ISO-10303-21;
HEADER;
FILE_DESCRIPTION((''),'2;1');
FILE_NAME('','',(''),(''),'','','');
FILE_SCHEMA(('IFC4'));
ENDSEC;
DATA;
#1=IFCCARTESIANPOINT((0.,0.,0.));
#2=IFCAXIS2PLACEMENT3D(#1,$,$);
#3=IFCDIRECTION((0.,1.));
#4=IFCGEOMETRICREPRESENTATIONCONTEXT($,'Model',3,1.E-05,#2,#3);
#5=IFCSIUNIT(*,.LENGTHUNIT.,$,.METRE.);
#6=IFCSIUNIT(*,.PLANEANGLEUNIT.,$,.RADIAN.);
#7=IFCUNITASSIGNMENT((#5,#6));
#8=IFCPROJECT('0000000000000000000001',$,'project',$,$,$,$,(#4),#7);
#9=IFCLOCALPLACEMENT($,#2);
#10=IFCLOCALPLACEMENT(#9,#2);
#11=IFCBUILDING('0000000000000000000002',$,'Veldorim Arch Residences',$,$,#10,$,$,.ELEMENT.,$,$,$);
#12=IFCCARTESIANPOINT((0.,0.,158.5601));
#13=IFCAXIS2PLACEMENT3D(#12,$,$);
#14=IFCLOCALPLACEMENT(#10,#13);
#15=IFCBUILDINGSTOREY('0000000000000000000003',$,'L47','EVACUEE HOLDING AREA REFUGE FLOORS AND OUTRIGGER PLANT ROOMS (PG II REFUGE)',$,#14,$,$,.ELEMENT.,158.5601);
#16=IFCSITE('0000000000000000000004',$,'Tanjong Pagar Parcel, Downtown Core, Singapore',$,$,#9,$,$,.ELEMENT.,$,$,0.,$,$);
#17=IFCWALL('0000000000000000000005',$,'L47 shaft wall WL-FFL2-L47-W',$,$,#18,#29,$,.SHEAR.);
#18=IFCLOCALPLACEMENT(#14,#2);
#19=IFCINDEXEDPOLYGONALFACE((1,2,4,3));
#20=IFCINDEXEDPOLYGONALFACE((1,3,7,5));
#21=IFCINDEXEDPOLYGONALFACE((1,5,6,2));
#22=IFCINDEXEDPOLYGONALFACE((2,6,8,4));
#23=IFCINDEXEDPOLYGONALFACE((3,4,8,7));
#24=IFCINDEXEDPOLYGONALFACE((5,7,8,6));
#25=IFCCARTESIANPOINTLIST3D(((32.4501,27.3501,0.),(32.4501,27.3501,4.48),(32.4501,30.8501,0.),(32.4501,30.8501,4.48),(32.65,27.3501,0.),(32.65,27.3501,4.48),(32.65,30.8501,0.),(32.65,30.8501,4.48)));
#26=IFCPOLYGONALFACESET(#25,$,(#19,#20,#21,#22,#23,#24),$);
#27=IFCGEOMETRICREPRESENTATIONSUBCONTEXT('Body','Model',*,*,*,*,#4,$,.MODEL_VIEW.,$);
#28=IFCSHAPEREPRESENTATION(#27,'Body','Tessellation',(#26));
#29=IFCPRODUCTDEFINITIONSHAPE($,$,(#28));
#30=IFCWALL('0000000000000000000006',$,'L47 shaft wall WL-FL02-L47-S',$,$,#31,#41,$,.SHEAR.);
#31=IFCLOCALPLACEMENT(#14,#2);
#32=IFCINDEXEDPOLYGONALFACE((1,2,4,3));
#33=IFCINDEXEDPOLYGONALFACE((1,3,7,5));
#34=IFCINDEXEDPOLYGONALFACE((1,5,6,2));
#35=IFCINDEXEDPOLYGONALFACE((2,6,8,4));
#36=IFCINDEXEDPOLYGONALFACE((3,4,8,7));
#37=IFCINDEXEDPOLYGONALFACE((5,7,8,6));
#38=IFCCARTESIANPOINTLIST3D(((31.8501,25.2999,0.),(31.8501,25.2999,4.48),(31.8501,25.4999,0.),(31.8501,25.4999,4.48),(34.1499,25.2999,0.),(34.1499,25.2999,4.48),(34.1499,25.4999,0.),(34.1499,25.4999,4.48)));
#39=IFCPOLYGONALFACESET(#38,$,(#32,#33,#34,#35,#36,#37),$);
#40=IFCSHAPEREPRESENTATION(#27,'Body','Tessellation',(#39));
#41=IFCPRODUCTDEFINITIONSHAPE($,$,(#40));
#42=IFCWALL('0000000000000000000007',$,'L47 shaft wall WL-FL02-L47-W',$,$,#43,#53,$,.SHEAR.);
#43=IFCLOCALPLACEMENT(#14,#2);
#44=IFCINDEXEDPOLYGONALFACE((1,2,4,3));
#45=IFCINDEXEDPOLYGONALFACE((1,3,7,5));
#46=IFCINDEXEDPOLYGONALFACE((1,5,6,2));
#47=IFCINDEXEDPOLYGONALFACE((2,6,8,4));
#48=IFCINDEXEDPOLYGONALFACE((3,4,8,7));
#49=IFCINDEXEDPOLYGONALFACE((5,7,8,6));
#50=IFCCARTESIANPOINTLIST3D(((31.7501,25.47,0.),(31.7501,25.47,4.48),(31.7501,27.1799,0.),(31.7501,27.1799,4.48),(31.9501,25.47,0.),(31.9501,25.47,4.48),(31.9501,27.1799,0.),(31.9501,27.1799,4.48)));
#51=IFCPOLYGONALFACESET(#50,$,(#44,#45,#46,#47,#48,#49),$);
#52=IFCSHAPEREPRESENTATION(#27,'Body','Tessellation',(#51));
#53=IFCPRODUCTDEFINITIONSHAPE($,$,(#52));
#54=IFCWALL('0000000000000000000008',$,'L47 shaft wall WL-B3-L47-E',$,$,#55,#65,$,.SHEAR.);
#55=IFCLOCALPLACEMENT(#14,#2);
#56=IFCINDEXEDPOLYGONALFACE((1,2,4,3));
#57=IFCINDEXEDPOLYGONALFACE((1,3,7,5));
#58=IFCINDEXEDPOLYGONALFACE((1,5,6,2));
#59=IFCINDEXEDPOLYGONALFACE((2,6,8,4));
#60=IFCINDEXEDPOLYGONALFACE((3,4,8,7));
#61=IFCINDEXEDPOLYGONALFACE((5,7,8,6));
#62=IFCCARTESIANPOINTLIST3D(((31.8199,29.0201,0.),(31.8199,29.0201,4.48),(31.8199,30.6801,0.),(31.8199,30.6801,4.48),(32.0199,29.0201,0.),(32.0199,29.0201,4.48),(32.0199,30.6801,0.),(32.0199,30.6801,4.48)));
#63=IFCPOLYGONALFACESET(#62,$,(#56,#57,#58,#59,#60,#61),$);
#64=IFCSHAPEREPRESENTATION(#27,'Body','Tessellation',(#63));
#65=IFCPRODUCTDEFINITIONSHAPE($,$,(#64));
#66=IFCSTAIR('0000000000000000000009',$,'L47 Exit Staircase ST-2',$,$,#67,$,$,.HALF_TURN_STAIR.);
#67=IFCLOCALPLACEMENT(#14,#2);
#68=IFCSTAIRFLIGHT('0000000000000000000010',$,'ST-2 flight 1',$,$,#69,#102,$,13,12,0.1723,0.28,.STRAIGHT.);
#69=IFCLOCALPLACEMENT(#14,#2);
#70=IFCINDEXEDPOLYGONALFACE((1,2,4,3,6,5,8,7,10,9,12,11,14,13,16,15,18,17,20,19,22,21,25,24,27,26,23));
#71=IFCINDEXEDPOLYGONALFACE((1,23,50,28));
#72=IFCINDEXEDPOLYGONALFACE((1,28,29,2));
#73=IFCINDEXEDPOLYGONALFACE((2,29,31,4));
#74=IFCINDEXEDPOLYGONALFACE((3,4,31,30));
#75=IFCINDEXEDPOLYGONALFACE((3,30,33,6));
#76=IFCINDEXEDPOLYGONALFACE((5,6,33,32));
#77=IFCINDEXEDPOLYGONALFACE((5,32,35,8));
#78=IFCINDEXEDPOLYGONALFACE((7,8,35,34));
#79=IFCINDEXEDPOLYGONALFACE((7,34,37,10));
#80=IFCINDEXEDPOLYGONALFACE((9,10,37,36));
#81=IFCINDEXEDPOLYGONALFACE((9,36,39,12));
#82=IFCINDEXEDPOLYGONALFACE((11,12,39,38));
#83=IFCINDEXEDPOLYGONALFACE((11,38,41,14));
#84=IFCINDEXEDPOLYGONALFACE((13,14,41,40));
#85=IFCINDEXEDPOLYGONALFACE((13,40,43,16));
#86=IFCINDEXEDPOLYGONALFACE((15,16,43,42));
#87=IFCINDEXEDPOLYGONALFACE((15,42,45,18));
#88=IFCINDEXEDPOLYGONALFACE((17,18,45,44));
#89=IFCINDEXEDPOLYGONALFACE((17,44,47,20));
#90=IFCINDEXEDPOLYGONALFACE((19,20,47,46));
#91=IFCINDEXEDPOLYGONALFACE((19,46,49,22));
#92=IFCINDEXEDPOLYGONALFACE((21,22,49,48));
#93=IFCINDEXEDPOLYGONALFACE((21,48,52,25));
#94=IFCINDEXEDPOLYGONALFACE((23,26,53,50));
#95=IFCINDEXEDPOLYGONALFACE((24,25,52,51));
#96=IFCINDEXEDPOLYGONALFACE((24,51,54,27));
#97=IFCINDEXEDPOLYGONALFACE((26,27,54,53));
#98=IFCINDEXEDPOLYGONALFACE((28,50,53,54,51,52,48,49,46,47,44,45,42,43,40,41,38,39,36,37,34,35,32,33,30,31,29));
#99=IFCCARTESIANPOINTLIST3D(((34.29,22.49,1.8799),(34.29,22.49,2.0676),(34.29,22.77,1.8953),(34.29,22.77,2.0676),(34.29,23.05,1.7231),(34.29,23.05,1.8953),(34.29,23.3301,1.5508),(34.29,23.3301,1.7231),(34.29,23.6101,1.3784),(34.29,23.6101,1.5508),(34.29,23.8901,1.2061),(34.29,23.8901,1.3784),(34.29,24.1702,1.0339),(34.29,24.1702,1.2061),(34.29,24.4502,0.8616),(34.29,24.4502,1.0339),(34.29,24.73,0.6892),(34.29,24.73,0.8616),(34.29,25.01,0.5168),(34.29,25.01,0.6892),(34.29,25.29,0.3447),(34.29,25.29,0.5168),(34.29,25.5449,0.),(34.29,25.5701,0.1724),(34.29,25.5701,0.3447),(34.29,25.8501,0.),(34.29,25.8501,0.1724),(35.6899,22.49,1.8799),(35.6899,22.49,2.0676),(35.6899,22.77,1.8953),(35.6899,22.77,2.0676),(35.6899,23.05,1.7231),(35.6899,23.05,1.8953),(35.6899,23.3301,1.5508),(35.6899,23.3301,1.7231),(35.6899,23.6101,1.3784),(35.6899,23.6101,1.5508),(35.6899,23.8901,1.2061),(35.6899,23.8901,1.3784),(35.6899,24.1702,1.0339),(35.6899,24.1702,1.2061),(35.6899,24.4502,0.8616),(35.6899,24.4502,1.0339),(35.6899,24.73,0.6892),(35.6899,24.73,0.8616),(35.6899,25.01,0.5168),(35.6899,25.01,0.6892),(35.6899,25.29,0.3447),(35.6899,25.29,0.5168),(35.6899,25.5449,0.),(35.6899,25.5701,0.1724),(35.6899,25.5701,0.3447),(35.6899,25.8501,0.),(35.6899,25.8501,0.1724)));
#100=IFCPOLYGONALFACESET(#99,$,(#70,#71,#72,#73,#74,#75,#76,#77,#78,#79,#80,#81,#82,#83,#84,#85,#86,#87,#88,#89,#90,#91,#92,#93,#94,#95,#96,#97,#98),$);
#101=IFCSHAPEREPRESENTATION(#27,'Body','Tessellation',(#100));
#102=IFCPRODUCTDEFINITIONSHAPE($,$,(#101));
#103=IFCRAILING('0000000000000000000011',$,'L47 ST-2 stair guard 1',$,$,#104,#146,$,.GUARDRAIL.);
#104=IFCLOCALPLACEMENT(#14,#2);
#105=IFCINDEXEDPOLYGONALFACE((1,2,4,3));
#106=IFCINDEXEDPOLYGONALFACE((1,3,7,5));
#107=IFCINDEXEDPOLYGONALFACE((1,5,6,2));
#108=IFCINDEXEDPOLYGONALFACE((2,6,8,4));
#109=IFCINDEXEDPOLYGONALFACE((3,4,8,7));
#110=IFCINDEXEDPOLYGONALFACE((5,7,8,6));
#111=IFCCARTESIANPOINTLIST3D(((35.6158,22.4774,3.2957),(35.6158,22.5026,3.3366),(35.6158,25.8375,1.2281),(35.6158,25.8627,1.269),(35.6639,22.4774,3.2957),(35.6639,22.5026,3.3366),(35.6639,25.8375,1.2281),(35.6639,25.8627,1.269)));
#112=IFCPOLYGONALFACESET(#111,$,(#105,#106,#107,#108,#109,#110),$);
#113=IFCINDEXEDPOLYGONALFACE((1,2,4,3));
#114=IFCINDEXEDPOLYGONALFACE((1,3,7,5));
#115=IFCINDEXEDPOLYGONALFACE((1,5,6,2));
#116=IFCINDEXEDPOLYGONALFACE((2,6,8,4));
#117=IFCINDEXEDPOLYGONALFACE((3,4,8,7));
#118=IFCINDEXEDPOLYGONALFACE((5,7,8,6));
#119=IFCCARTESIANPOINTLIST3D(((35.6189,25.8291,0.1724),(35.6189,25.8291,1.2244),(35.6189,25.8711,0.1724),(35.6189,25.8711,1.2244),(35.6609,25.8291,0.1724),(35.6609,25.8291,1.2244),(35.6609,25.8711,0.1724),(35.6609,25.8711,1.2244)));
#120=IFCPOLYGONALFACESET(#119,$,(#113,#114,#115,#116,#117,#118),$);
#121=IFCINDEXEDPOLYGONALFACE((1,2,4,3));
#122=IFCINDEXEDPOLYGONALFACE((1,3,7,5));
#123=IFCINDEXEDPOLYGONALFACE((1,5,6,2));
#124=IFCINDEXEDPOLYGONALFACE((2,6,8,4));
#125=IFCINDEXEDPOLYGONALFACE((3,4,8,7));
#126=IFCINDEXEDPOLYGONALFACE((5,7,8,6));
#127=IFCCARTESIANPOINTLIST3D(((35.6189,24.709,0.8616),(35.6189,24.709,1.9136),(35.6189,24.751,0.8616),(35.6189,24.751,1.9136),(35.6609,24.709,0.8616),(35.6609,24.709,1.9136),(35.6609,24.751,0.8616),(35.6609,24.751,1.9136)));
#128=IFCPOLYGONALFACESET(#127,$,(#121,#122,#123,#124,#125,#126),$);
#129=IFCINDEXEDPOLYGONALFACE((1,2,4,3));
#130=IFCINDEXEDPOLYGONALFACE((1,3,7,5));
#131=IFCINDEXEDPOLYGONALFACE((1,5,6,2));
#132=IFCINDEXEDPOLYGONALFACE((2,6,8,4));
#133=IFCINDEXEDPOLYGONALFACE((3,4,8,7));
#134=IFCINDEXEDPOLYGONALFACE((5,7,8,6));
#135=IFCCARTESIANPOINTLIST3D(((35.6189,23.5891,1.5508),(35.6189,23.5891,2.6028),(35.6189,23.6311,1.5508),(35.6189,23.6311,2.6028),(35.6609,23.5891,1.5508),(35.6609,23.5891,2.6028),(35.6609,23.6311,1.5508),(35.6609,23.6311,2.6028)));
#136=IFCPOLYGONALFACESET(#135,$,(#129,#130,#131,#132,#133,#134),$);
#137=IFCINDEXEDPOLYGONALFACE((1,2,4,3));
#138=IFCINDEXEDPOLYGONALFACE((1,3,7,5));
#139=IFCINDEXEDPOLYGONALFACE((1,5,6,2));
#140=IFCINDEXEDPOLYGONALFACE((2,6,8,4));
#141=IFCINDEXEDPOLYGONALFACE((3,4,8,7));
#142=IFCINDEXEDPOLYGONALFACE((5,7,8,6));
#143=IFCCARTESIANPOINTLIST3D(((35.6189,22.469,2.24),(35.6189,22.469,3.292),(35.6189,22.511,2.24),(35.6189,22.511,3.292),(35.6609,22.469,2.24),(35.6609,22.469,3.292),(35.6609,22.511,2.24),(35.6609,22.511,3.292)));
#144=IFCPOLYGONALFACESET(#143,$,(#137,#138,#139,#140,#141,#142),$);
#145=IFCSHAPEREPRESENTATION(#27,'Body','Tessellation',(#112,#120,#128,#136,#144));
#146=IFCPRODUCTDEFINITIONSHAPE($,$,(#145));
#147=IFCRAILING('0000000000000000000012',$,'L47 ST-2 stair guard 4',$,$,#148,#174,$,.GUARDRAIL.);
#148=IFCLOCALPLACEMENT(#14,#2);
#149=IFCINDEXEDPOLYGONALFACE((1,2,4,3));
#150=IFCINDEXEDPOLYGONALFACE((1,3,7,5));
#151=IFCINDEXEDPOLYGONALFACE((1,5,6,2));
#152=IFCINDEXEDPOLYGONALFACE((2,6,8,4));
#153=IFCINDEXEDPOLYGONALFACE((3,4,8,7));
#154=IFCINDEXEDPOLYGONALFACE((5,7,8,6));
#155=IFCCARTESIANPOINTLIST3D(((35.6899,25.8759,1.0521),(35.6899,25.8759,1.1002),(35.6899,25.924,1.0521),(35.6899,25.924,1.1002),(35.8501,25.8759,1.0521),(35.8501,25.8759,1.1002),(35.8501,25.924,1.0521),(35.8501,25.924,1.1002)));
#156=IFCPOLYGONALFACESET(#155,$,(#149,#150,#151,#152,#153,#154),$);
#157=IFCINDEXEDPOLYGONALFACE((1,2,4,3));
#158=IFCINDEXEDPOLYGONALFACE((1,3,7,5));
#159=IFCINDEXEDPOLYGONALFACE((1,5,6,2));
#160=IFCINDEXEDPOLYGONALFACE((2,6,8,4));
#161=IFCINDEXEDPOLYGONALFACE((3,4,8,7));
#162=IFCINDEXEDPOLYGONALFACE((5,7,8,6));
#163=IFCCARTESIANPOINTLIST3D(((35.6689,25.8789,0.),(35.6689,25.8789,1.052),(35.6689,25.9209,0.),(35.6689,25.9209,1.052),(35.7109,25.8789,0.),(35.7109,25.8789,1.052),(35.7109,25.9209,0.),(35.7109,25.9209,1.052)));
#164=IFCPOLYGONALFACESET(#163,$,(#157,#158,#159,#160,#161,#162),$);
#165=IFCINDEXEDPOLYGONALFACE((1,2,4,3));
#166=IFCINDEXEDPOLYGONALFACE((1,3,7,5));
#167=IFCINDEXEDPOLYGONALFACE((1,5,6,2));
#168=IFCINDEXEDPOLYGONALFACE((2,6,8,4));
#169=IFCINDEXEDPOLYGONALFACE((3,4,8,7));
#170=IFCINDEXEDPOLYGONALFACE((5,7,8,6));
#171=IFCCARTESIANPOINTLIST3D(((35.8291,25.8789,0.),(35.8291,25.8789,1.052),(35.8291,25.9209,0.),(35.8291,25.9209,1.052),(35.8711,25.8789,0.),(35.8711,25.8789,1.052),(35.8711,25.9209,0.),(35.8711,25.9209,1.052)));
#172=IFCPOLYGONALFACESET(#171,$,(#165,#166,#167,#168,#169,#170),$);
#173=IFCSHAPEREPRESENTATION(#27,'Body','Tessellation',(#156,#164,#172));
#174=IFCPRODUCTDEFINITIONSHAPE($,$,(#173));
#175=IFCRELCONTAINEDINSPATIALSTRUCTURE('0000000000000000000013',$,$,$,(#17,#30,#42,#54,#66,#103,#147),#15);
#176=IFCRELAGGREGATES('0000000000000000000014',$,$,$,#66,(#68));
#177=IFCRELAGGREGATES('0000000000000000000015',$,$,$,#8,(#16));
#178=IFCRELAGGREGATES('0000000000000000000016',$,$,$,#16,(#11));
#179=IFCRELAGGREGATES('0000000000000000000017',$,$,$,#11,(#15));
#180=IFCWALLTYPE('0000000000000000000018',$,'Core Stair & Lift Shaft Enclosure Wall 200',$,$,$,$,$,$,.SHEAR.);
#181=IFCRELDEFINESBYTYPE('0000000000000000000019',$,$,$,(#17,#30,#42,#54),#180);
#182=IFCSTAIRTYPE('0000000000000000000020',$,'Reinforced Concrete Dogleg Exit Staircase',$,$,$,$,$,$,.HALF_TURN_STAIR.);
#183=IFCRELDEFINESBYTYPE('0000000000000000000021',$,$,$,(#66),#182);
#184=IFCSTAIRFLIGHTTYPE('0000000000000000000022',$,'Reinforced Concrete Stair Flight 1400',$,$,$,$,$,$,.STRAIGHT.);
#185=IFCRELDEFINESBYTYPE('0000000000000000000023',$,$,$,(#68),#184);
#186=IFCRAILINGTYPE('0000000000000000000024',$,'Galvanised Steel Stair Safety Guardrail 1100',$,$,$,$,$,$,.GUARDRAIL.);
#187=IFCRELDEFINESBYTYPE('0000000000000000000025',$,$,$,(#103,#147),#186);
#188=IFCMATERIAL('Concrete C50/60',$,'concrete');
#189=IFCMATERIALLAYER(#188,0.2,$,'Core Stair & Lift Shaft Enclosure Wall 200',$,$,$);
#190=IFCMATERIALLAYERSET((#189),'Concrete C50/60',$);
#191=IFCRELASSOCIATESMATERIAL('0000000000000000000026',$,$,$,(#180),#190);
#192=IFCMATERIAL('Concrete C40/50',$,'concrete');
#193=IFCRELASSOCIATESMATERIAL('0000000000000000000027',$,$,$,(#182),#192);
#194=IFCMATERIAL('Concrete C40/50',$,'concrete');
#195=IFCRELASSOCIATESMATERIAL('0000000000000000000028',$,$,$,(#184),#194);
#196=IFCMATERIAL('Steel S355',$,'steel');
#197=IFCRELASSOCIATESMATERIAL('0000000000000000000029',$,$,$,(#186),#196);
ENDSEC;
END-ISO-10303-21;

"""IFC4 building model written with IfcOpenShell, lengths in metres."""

from ifc_helpers import new_model, si_unit, direction, frame, frame_2d, origin, origin_2d, place, context, subcontext, project, spatial, polyline, rectangle, outline, extrude, material, layer, layer_set, type_object, element, aggregate, save


model = new_model("IFC4")

# Units and contexts
model_context = context("Model", 3, precision=1e-05, world=origin(), true_north=direction((0.0, 1.0)))
body_context = subcontext(model_context, "Body", "Model", "MODEL_VIEW")
ifc_project = project(units=[si_unit("LENGTHUNIT", "METRE"), si_unit("PLANEANGLEUNIT", "RADIAN")], contexts=[model_context])

# Site, building, storey
site_placement = place(None, origin())
site = spatial("IfcSite", under=ifc_project, at=site_placement, Name="Tanjong Pagar Parcel, Downtown Core, Singapore", CompositionType="ELEMENT", RefElevation=0.0)
building_placement = place(site_placement, origin())
building = spatial("IfcBuilding", under=site, at=building_placement, Name="Veldorim Arch Residences", CompositionType="ELEMENT")
storey_placement = place(building_placement, frame((0.0, 0.0, 158.5601)))
storey = spatial("IfcBuildingStorey", under=building, at=storey_placement, Name="L47", Description="EVACUEE HOLDING AREA REFUGE FLOORS AND OUTRIGGER PLANT ROOMS (PG II REFUGE)", CompositionType="ELEMENT", Elevation=158.5601)

# Shared definitions
ifc_material_1 = material(Name="Concrete C50/60", Category="concrete")
ifc_layer_1 = layer(ifc_material_1, 0.2, Name="Core Stair & Lift Shaft Enclosure Wall 200")
ifc_layer_set_1 = layer_set([ifc_layer_1], Name="Concrete C50/60")
wall_type_1 = type_object("IfcWallType", Name="Core Stair & Lift Shaft Enclosure Wall 200", PredefinedType="SHEAR", material=ifc_layer_set_1)

# Wall
wall_1_placement = place(storey_placement, frame((32.55, 27.3501, 0.0), z_axis=(0.0, 0.0, 1.0), x_axis=(0.0, 1.0, 0.0)))
element("IfcWall", 1, at=wall_1_placement, inside=storey, type_object=wall_type_1, Name="L47 shaft wall WL-FFL2-L47-W", PredefinedType="SHEAR", context=body_context, shape_type="SweptSolid", body=[
    extrude(rectangle(XDim=3.5, YDim=0.2, at=frame_2d((1.75, 0.0))), origin(), (0.0, 0.0, 1.0), 4.48),
])

# Walls
wall_2_placement = place(storey_placement, frame((31.8501, 25.3999, 0.0), z_axis=(0.0, 0.0, 1.0), x_axis=(1.0, 0.0, 0.0)))
element("IfcWall", 2, at=wall_2_placement, inside=storey, type_object=wall_type_1, Name="L47 shaft wall WL-FL02-L47-S", PredefinedType="SHEAR", context=body_context, shape_type="SweptSolid", body=[
    extrude(rectangle(XDim=2.2998, YDim=0.2, at=frame_2d((1.1499, 0.0))), origin(), (0.0, 0.0, 1.0), 4.48),
])
wall_3_placement = place(storey_placement, frame((31.8501, 25.47, 0.0), z_axis=(0.0, 0.0, 1.0), x_axis=(0.0, 1.0, 0.0)))
element("IfcWall", 3, at=wall_3_placement, inside=storey, type_object=wall_type_1, Name="L47 shaft wall WL-FL02-L47-W", PredefinedType="SHEAR", context=body_context, shape_type="SweptSolid", body=[
    extrude(rectangle(XDim=1.71, YDim=0.2, at=frame_2d((0.855, 0.0))), origin(), (0.0, 0.0, 1.0), 4.48),
])
wall_4_placement = place(storey_placement, frame((31.9199, 29.02, 0.0), z_axis=(0.0, 0.0, 1.0), x_axis=(0.0, 1.0, 0.0)))
element("IfcWall", 4, at=wall_4_placement, inside=storey, type_object=wall_type_1, Name="L47 shaft wall WL-B3-L47-E", PredefinedType="SHEAR", context=body_context, shape_type="SweptSolid", body=[
    extrude(rectangle(XDim=1.6599, YDim=0.2, at=frame_2d((0.8301, 0.0))), origin(), (0.0, 0.0, 1.0), 4.48),
])

# Stair, stair flight
ifc_material_2 = material(Name="Concrete C40/50", Category="concrete")
stair_type = type_object("IfcStairType", Name="Reinforced Concrete Dogleg Exit Staircase", PredefinedType="HALF_TURN_STAIR", material=ifc_material_2)
stair_placement = place(storey_placement, origin())
stair = element("IfcStair", 5, at=stair_placement, inside=storey, type_object=stair_type, Name="L47 Exit Staircase ST-2", PredefinedType="HALF_TURN_STAIR")
ifc_material_3 = material(Name="Concrete C40/50", Category="concrete")
stair_flight_type = type_object("IfcStairFlightType", Name="Reinforced Concrete Stair Flight 1400", PredefinedType="STRAIGHT", material=ifc_material_3)
stair_flight_placement = place(storey_placement, frame((34.99, 25.8501, 0.0), z_axis=(0.0, 0.0, 1.0), x_axis=(0.0, -1.0, 0.0)))
stair_flight = element("IfcStairFlight", 6, at=stair_flight_placement, type_object=stair_flight_type, Name="ST-2 flight 1", NumberOfRisers=13, NumberOfTreads=12, PredefinedType="STRAIGHT", RiserHeight=0.1723, TreadLength=0.28, context=body_context, shape_type="SweptSolid", body=[
    extrude(outline(polyline([(0.0, 0.0), (0.0, 0.1724), (0.28, 0.1724), (0.28, 0.3447), (0.5601, 0.3447), (0.5601, 0.5168), (0.8401, 0.5168), (0.8401, 0.6892), (1.1201, 0.6892), (1.1201, 0.8616), (1.3999, 0.8616), (1.3999, 1.0339), (1.6799, 1.0339), (1.6799, 1.2061), (1.96, 1.2061), (1.96, 1.3784), (2.24, 1.3784), (2.24, 1.5508), (2.52, 1.5508), (2.52, 1.7231), (2.8, 1.7231), (2.8, 1.8953), (3.0801, 1.8953), (3.0801, 2.0676), (3.3601, 2.0676), (3.3601, 2.24), (3.3601, 1.8799), (0.3052, 0.0), (0.0, 0.0)])), frame((0.0, 0.7, 0.0), z_axis=(0.0, -1.0, 0.0), x_axis=(1.0, 0.0, 0.0)), (0.0, 0.0, 1.0), 1.3999),
])
aggregate(stair, [stair_flight])

# Railings
ifc_material_4 = material(Name="Steel S355", Category="steel")
railing_type_1 = type_object("IfcRailingType", Name="Galvanised Steel Stair Safety Guardrail 1100", PredefinedType="GUARDRAIL", material=ifc_material_4)
railing_1_placement = place(storey_placement, frame((35.6399, 25.8501, 0.1724)))
element("IfcRailing", 7, at=railing_1_placement, inside=storey, type_object=railing_type_1, Name="L47 ST-2 stair guard 1", PredefinedType="GUARDRAIL", context=body_context, shape_type="SweptSolid", body=[
    extrude(rectangle(XDim=0.0481, YDim=0.0481, at=origin_2d()), frame((0.0, 0.0, 1.0762), z_axis=(0.0, -0.851673, 0.524073), x_axis=(1.0, 0.0, 0.0)), (0.0, 0.0, 1.0), 3.9453),
    extrude(rectangle(XDim=0.042, YDim=0.042, at=origin_2d()), origin(), (0.0, 0.0, 1.0), 1.052),
    extrude(rectangle(XDim=0.042, YDim=0.042, at=origin_2d()), frame((0.0, -1.1201, 0.6892)), (0.0, 0.0, 1.0), 1.052),
    extrude(rectangle(XDim=0.042, YDim=0.042, at=origin_2d()), frame((0.0, -2.24, 1.3784)), (0.0, 0.0, 1.0), 1.052),
    extrude(rectangle(XDim=0.042, YDim=0.042, at=origin_2d()), frame((0.0, -3.3601, 2.0676)), (0.0, 0.0, 1.0), 1.052),
])
railing_2_placement = place(storey_placement, frame((35.6899, 25.8999, 0.0)))
element("IfcRailing", 8, at=railing_2_placement, inside=storey, type_object=railing_type_1, Name="L47 ST-2 stair guard 4", PredefinedType="GUARDRAIL", context=body_context, shape_type="SweptSolid", body=[
    extrude(rectangle(XDim=0.0481, YDim=0.0481, at=origin_2d()), frame((0.0, 0.0, 1.0762), z_axis=(1.0, 0.0, 0.0), x_axis=(0.0, 1.0, 0.0)), (0.0, 0.0, 1.0), 0.1602),
    extrude(rectangle(XDim=0.042, YDim=0.042, at=origin_2d()), origin(), (0.0, 0.0, 1.0), 1.052),
    extrude(rectangle(XDim=0.042, YDim=0.042, at=origin_2d()), frame((0.1602, 0.0, 0.0)), (0.0, 0.0, 1.0), 1.052),
])

save(model, "model.ifc")
